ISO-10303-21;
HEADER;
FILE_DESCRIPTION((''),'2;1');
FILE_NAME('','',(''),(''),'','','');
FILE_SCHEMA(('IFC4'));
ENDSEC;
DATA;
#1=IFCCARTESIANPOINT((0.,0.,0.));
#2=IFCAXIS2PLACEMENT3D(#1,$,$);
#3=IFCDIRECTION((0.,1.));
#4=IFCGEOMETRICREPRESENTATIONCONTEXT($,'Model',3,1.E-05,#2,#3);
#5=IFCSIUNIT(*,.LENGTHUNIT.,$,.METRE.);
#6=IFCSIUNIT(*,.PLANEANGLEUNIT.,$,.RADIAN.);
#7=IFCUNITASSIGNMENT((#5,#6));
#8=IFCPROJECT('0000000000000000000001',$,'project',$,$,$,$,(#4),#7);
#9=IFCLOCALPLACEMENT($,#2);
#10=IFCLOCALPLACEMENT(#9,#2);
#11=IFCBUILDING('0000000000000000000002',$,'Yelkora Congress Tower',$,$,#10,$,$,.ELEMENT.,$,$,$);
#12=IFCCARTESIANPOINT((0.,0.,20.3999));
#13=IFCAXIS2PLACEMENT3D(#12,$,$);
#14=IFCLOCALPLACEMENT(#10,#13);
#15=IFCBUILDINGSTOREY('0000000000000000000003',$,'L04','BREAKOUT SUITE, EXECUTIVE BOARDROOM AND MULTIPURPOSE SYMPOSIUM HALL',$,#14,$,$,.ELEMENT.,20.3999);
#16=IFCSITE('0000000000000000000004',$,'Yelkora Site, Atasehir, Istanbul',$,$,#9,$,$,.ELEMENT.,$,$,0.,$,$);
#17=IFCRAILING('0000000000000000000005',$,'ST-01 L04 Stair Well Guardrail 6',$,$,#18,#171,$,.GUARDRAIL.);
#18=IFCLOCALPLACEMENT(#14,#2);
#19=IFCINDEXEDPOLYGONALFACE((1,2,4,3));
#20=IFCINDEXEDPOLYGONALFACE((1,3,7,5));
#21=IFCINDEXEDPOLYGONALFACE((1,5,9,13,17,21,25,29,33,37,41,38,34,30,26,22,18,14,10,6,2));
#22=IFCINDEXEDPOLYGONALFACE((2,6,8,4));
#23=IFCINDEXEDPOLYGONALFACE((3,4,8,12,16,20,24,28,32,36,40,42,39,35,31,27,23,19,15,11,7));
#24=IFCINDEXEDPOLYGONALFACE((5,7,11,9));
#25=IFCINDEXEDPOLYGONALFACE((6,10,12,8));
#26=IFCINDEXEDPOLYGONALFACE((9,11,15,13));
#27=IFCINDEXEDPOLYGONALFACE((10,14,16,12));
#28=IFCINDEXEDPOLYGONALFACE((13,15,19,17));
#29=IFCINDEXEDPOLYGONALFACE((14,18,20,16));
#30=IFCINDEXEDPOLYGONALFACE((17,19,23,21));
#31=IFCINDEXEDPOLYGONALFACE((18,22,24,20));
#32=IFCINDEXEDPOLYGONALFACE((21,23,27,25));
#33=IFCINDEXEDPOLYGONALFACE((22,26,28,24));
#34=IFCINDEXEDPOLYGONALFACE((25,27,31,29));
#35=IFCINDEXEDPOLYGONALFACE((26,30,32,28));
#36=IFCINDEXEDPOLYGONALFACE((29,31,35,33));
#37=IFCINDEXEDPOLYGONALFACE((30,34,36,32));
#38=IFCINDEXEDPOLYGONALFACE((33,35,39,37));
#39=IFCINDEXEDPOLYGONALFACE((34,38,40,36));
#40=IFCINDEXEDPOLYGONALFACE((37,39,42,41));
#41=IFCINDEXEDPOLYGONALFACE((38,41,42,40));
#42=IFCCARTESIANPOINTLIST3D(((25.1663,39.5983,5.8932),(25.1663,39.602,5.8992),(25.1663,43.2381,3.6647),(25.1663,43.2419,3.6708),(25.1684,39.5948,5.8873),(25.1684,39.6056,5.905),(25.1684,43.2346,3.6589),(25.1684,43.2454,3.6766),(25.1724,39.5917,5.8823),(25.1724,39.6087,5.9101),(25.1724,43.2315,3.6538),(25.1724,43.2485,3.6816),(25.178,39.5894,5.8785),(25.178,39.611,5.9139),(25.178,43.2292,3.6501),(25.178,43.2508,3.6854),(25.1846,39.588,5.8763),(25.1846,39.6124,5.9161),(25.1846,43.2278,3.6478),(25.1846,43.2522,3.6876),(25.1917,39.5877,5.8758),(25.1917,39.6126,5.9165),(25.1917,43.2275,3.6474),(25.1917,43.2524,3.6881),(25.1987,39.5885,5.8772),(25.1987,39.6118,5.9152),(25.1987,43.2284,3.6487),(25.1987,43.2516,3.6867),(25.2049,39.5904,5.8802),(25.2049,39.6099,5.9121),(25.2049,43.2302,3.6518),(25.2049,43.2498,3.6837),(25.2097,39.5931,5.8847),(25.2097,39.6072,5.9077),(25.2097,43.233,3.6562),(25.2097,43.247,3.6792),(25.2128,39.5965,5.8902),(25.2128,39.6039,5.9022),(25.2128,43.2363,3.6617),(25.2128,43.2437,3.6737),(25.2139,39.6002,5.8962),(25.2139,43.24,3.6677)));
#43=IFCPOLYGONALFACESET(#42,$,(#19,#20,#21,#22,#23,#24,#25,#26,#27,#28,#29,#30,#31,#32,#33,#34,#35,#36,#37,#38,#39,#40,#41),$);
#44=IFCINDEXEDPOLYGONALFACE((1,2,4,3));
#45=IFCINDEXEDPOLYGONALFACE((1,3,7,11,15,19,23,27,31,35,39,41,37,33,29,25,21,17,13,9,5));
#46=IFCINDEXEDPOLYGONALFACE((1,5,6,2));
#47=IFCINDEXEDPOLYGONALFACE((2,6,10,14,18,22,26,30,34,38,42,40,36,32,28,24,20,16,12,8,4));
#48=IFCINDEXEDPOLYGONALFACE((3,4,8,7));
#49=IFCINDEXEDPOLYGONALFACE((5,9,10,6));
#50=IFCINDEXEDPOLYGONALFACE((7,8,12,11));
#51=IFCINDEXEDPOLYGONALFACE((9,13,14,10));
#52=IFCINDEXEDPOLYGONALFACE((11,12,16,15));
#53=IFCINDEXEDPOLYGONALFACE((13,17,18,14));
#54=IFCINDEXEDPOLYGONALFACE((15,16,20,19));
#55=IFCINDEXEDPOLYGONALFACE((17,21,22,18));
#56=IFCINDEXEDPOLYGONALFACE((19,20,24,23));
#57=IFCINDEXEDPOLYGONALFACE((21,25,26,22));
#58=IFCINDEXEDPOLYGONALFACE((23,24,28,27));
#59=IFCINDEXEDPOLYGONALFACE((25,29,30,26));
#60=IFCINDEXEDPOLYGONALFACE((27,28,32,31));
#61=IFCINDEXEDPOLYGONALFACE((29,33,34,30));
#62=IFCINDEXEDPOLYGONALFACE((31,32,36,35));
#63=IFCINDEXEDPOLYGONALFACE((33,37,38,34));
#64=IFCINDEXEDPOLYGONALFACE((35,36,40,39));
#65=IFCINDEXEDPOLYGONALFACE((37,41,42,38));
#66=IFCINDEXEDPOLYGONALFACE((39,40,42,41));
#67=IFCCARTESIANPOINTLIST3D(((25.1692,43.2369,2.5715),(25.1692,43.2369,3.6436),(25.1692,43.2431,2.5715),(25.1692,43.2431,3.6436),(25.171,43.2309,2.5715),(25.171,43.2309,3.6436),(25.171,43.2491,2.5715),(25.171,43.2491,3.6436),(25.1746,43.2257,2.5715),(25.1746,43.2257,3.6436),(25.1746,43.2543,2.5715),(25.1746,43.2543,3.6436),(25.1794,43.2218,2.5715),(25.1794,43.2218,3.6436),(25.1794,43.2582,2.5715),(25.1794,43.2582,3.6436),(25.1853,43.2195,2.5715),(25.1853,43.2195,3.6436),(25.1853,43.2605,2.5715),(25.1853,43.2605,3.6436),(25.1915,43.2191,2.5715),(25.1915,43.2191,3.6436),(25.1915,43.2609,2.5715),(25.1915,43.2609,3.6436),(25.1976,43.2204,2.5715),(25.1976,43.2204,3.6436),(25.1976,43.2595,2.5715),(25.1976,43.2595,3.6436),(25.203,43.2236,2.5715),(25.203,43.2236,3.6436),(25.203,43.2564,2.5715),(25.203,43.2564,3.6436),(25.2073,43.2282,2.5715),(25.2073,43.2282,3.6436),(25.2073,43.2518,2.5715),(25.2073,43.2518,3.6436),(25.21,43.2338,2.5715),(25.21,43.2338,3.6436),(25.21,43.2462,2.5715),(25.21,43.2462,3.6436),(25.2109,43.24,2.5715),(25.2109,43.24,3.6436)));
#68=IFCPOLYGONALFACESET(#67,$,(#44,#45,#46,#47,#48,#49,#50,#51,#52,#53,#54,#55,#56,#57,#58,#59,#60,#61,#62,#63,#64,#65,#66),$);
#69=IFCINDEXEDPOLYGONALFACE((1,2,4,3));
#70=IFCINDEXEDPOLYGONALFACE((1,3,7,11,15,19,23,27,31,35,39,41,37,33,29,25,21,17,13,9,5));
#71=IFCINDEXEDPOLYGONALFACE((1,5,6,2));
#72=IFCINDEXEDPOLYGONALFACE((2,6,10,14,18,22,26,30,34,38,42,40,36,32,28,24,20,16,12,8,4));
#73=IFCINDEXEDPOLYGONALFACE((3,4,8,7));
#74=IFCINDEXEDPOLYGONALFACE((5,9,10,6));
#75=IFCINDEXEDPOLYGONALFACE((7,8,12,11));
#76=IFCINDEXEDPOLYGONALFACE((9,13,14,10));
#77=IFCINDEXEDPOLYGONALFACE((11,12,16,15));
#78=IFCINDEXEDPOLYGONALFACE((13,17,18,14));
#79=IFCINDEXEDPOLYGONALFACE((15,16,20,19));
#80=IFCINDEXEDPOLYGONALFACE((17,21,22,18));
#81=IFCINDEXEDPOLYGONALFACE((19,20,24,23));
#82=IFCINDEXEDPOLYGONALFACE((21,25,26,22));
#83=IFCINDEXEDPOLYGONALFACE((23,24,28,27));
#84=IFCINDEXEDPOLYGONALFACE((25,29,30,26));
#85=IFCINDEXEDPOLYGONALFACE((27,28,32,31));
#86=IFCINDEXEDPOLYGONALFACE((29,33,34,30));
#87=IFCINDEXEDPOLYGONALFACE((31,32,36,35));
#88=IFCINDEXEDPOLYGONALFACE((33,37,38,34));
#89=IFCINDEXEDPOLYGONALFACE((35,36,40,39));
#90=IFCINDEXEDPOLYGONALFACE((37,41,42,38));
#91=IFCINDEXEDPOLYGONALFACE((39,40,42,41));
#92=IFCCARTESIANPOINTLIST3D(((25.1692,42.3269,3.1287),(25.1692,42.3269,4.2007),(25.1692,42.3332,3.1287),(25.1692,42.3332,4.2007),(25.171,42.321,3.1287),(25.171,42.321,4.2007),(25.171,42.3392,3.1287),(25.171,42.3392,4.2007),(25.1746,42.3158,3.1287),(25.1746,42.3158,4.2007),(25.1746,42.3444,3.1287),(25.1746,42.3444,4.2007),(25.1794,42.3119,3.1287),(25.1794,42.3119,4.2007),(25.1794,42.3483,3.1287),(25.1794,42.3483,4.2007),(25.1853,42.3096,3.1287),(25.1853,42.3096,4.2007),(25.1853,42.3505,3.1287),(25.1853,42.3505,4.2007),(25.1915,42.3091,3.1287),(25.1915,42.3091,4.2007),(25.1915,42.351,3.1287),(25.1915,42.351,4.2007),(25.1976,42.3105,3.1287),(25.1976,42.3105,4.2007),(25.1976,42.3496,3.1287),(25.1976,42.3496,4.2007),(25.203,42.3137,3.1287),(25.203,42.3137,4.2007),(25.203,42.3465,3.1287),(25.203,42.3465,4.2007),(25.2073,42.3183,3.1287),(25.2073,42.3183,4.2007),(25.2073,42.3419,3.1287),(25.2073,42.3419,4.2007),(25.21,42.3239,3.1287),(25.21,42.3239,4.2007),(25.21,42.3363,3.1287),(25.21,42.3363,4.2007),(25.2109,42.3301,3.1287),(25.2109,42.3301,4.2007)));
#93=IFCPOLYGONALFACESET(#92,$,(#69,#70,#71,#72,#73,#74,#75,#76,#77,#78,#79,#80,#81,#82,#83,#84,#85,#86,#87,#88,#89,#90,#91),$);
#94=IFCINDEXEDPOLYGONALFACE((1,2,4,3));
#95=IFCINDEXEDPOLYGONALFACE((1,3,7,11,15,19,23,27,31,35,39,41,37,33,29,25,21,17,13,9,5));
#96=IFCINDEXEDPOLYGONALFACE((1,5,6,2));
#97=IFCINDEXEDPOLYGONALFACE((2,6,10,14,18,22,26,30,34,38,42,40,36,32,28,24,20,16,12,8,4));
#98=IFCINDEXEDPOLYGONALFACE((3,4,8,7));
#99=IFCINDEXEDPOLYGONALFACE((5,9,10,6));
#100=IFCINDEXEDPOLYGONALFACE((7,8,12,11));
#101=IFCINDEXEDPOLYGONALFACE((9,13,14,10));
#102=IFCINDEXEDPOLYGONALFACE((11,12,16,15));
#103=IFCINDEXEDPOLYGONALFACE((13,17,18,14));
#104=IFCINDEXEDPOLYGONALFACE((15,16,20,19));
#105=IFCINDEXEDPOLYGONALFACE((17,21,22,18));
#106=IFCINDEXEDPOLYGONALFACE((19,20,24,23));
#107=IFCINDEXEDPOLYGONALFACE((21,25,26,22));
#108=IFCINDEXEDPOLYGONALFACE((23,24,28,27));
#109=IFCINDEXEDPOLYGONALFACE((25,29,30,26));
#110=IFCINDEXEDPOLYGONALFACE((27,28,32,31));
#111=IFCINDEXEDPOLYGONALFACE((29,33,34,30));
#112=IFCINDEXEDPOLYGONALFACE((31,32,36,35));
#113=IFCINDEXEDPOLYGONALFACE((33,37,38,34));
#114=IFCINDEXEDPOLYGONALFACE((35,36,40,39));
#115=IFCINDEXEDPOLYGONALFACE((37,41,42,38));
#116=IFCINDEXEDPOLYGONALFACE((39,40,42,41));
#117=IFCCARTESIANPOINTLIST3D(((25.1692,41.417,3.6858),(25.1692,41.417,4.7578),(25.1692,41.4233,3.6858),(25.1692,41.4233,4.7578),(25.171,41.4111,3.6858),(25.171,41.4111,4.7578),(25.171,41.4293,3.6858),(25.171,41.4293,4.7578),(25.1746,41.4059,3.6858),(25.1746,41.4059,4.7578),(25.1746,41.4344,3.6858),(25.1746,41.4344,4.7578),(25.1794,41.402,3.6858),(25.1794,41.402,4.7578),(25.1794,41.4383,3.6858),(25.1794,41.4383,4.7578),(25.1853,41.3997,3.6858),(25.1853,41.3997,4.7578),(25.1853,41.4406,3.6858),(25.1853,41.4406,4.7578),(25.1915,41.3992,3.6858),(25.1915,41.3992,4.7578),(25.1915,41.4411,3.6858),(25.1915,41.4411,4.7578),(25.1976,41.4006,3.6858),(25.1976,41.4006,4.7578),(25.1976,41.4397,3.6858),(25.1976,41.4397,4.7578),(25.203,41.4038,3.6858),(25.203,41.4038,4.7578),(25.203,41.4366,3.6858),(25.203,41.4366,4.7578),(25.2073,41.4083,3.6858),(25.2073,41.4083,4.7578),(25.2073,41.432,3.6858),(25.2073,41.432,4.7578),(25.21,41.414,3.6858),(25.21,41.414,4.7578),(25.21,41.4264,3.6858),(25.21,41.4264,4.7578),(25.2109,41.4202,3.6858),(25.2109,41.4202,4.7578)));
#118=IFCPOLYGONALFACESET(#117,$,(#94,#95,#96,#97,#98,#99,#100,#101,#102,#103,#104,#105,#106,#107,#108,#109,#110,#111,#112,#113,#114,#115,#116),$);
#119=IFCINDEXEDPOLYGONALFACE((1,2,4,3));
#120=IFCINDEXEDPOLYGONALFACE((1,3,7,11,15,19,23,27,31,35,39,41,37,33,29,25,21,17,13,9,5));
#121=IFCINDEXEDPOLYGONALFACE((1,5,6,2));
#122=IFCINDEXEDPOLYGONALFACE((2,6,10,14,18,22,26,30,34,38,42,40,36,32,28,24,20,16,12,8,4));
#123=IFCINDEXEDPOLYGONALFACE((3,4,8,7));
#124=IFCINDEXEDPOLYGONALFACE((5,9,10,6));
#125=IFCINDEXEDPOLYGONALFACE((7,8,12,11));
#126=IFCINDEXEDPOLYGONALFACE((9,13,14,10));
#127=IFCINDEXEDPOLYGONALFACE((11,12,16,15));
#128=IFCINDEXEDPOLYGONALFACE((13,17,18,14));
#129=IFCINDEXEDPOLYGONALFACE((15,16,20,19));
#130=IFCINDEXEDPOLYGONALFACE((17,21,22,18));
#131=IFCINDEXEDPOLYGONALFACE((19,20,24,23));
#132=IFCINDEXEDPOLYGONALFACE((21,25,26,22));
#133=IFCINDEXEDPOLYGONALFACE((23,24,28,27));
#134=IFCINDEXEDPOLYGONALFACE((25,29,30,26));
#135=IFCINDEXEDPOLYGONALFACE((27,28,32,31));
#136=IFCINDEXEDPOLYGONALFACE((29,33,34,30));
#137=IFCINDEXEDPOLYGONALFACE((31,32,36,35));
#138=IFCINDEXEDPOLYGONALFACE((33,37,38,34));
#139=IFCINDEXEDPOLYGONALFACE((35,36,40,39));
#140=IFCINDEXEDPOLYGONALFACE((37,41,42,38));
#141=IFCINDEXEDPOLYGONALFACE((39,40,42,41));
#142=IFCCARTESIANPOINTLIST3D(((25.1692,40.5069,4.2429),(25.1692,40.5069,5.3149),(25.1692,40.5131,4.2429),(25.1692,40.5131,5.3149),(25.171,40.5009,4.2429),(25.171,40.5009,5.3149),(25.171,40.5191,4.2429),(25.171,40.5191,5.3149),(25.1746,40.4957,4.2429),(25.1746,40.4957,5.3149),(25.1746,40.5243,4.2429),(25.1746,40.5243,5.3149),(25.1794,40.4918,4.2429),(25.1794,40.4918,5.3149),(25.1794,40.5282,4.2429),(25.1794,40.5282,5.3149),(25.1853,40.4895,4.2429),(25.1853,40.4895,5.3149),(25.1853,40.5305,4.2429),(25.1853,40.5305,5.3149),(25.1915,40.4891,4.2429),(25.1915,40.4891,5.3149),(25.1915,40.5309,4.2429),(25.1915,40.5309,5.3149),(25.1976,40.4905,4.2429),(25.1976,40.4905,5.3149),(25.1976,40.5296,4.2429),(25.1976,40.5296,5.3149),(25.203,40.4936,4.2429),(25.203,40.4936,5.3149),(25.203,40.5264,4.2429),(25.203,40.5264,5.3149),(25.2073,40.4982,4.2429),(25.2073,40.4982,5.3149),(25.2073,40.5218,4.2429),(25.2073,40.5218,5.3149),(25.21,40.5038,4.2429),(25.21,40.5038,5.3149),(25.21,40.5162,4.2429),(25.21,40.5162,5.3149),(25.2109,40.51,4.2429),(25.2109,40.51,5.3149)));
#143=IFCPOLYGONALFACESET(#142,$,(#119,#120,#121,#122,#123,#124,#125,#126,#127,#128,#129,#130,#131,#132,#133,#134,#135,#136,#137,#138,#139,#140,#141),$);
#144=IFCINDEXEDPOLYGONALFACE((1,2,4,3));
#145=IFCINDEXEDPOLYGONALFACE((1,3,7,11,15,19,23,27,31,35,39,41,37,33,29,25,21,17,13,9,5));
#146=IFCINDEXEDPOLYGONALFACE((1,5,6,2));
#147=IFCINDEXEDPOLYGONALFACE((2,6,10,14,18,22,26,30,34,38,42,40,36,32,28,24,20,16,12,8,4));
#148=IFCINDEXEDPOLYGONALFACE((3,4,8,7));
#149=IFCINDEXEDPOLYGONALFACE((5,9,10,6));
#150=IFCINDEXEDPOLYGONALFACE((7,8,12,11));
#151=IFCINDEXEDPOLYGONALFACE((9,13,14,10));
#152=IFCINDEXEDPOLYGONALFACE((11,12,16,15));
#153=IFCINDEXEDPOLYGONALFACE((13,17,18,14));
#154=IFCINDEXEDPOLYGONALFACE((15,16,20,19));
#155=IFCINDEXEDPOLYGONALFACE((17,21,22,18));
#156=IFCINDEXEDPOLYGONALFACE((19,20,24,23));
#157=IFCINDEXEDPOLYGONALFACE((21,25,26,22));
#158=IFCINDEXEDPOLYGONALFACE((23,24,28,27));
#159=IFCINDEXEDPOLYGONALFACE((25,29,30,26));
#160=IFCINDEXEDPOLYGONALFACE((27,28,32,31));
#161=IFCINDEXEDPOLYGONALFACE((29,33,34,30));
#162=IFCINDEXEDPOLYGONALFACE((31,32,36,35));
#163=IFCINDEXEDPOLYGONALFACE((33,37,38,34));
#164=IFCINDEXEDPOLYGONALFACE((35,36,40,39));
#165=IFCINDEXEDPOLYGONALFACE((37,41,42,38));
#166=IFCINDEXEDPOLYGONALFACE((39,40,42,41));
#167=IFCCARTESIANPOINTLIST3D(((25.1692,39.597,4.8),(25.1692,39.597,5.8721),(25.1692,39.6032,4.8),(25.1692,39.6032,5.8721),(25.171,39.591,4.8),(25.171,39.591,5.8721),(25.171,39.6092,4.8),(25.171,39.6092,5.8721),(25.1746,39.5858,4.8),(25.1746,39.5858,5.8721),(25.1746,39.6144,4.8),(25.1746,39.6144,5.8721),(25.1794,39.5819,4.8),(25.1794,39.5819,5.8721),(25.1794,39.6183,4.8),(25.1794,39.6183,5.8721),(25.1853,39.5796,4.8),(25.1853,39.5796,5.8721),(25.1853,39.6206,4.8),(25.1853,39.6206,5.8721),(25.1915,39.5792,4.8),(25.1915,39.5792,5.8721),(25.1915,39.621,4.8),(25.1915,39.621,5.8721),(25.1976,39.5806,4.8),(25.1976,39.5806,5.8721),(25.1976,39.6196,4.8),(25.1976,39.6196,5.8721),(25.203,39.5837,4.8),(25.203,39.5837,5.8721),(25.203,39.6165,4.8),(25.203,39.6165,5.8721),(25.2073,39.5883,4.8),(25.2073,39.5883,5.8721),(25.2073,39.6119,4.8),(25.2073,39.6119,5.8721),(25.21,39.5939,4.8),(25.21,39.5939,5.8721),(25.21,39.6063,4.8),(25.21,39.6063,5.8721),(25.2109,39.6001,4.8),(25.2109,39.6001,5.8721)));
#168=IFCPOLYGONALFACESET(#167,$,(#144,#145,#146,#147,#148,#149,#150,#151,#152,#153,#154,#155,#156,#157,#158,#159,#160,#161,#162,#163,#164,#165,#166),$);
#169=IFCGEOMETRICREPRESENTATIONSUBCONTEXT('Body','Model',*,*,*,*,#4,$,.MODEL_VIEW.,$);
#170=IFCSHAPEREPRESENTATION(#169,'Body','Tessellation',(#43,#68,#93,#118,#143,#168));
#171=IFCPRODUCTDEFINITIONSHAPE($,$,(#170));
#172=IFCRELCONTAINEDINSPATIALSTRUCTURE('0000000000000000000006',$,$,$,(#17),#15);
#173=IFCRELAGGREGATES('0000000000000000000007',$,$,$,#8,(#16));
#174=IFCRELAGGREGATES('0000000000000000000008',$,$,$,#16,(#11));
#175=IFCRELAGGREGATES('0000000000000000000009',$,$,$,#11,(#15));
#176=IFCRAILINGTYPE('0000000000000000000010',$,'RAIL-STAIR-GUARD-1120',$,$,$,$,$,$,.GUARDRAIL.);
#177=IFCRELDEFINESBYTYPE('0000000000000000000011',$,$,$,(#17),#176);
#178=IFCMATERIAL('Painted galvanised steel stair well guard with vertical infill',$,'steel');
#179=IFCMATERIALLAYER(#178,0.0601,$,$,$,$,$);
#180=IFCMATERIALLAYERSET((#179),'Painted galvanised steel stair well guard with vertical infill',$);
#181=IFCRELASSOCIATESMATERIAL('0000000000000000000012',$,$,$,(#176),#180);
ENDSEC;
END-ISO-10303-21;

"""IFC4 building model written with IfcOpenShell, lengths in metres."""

from ifc_helpers import new_model, si_unit, direction, frame, origin, origin_2d, place, context, subcontext, project, spatial, circle, extrude, material, layer, layer_set, type_object, element, save


model = new_model("IFC4")

# Units and contexts
model_context = context("Model", 3, precision=1e-05, world=origin(), true_north=direction((0.0, 1.0)))
body_context = subcontext(model_context, "Body", "Model", "MODEL_VIEW")
ifc_project = project(units=[si_unit("LENGTHUNIT", "METRE"), si_unit("PLANEANGLEUNIT", "RADIAN")], contexts=[model_context])

# Site, building, storey
site_placement = place(None, origin())
site = spatial("IfcSite", under=ifc_project, at=site_placement, Name="Yelkora Site, Atasehir, Istanbul", CompositionType="ELEMENT", RefElevation=0.0)
building_placement = place(site_placement, origin())
building = spatial("IfcBuilding", under=site, at=building_placement, Name="Yelkora Congress Tower", CompositionType="ELEMENT")
storey_placement = place(building_placement, frame((0.0, 0.0, 20.3999)))
storey = spatial("IfcBuildingStorey", under=building, at=storey_placement, Name="L04", Description="BREAKOUT SUITE, EXECUTIVE BOARDROOM AND MULTIPURPOSE SYMPOSIUM HALL", CompositionType="ELEMENT", Elevation=20.3999)

# Railing
ifc_material_1 = material(Name="Painted galvanised steel stair well guard with vertical infill", Category="steel")
ifc_layer_1 = layer(ifc_material_1, 0.0601)
ifc_layer_set_1 = layer_set([ifc_layer_1], Name="Painted galvanised steel stair well guard with vertical infill")
railing_type_1 = type_object("IfcRailingType", Name="RAIL-STAIR-GUARD-1120", PredefinedType="GUARDRAIL", material=ifc_layer_set_1)
railing_1_placement = place(storey_placement, frame((25.1899, 43.24, 2.5715)))
element("IfcRailing", 1, at=railing_1_placement, inside=storey, type_object=railing_type_1, Name="ST-01 L04 Stair Well Guardrail 6", PredefinedType="GUARDRAIL", context=body_context, shape_type="SweptSolid", body=[
    extrude(circle(Radius=0.0239, at=origin_2d()), frame((0.0, 0.0, 1.0962), z_axis=(0.0, -0.85285, 0.522156), x_axis=(1.0, 0.0, 0.0)), (0.0, 0.0, 1.0), 4.2678),
    extrude(circle(Radius=0.021, at=origin_2d()), origin(), (0.0, 0.0, 1.0), 1.072),
    extrude(circle(Radius=0.021, at=origin_2d()), frame((0.0, -0.9099, 0.5571)), (0.0, 0.0, 1.0), 1.072),
    extrude(circle(Radius=0.021, at=origin_2d()), frame((0.0, -1.8198, 1.1143)), (0.0, 0.0, 1.0), 1.072),
    extrude(circle(Radius=0.021, at=origin_2d()), frame((0.0, -2.73, 1.6714)), (0.0, 0.0, 1.0), 1.072),
    extrude(circle(Radius=0.021, at=origin_2d()), frame((0.0, -3.6399, 2.2285)), (0.0, 0.0, 1.0), 1.072),
])

save(model, "model.ifc")
